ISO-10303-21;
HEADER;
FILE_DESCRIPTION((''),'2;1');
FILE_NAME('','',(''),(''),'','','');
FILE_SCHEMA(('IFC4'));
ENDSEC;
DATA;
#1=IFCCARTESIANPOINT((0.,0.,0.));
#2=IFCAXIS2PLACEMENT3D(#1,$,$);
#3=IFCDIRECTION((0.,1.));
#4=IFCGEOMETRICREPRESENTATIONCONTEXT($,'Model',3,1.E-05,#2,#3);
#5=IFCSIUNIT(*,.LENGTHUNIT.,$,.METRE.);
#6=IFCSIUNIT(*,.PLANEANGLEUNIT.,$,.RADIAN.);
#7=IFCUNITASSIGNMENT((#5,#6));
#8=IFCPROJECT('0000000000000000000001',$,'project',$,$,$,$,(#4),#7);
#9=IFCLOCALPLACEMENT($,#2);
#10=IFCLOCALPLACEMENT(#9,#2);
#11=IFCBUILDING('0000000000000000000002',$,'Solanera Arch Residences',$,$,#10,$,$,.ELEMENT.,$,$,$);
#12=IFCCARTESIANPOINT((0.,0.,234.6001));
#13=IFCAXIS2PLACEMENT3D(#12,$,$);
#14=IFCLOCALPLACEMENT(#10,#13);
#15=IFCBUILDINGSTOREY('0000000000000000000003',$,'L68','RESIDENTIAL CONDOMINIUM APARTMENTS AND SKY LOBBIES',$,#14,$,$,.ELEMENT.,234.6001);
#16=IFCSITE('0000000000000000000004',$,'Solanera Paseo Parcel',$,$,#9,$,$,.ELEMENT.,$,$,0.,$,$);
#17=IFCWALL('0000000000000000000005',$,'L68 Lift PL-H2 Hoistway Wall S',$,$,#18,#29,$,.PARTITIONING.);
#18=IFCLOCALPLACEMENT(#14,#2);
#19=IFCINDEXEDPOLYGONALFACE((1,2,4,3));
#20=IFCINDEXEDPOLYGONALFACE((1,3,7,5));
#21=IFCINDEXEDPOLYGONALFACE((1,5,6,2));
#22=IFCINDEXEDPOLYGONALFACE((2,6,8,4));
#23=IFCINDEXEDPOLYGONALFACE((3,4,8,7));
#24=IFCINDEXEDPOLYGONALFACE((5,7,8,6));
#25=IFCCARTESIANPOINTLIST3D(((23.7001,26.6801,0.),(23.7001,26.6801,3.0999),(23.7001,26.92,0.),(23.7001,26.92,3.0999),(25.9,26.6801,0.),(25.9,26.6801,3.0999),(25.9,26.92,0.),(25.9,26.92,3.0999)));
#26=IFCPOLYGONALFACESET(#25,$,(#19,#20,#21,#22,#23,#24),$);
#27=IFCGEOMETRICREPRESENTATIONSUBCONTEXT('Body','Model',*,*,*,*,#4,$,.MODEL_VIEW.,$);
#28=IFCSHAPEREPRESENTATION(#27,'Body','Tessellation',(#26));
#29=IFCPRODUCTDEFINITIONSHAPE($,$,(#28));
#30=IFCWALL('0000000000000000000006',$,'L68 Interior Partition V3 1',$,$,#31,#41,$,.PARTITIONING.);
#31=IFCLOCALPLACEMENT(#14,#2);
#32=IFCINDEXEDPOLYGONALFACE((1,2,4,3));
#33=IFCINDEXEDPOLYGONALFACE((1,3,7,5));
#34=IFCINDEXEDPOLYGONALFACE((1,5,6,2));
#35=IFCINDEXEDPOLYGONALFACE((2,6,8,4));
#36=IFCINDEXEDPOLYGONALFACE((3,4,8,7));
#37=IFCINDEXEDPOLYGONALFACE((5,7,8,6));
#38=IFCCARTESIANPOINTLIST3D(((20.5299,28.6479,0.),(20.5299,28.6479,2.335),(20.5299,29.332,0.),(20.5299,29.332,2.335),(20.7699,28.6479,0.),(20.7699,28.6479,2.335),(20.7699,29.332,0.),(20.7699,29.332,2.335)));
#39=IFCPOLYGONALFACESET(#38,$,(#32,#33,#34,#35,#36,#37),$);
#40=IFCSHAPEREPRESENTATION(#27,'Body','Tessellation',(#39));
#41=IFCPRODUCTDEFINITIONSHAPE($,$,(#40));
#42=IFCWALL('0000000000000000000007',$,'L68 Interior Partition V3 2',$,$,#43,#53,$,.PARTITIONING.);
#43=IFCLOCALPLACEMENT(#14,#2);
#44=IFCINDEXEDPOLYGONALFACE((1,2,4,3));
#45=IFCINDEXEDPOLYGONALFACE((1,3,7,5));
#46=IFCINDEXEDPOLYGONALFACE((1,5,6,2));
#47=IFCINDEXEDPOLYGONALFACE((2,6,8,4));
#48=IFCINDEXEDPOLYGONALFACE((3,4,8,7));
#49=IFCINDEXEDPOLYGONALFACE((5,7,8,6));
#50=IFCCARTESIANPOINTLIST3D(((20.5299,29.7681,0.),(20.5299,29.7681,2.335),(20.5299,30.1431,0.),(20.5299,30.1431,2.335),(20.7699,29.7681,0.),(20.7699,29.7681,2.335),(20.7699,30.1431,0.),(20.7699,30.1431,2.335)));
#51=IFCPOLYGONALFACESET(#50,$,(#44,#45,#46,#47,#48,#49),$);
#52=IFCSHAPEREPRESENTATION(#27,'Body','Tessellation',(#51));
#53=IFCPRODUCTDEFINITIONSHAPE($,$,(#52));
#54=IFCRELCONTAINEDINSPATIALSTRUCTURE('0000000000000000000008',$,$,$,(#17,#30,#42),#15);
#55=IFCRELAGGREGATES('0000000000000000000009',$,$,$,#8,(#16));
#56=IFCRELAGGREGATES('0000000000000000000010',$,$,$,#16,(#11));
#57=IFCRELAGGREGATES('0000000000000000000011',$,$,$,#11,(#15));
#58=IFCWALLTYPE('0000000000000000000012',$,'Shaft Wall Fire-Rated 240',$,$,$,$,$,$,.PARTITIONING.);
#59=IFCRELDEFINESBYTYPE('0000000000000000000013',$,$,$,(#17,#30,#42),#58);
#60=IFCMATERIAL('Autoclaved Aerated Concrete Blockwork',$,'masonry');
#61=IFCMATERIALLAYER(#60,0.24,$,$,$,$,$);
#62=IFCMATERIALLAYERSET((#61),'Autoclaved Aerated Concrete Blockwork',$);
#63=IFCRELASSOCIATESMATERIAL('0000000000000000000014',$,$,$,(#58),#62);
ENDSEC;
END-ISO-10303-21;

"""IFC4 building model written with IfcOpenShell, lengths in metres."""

from ifc_helpers import new_model, si_unit, direction, frame, frame_2d, origin, place, context, subcontext, project, spatial, rectangle, extrude, material, layer, layer_set, type_object, element, save


model = new_model("IFC4")

# Units and contexts
model_context = context("Model", 3, precision=1e-05, world=origin(), true_north=direction((0.0, 1.0)))
body_context = subcontext(model_context, "Body", "Model", "MODEL_VIEW")
ifc_project = project(units=[si_unit("LENGTHUNIT", "METRE"), si_unit("PLANEANGLEUNIT", "RADIAN")], contexts=[model_context])

# Site, building, storey
site_placement = place(None, origin())
site = spatial("IfcSite", under=ifc_project, at=site_placement, Name="Solanera Paseo Parcel", CompositionType="ELEMENT", RefElevation=0.0)
building_placement = place(site_placement, origin())
building = spatial("IfcBuilding", under=site, at=building_placement, Name="Solanera Arch Residences", CompositionType="ELEMENT")
storey_placement = place(building_placement, frame((0.0, 0.0, 234.6001)))
storey = spatial("IfcBuildingStorey", under=building, at=storey_placement, Name="L68", Description="RESIDENTIAL CONDOMINIUM APARTMENTS AND SKY LOBBIES", CompositionType="ELEMENT", Elevation=234.6001)

# Wall
ifc_material_1 = material(Name="Autoclaved Aerated Concrete Blockwork", Category="masonry")
ifc_layer_1 = layer(ifc_material_1, 0.24)
ifc_layer_set_1 = layer_set([ifc_layer_1], Name="Autoclaved Aerated Concrete Blockwork")
wall_type_1 = type_object("IfcWallType", Name="Shaft Wall Fire-Rated 240", PredefinedType="PARTITIONING", material=ifc_layer_set_1)
wall_1_placement = place(storey_placement, frame((23.7, 26.8, 0.0), z_axis=(0.0, 0.0, 1.0), x_axis=(1.0, 0.0, 0.0)))
element("IfcWall", 1, at=wall_1_placement, inside=storey, type_object=wall_type_1, Name="L68 Lift PL-H2 Hoistway Wall S", PredefinedType="PARTITIONING", context=body_context, shape_type="SweptSolid", body=[
    extrude(rectangle(XDim=2.2, YDim=0.24, at=frame_2d((1.1001, 0.0))), origin(), (0.0, 0.0, 1.0), 3.0999),
])

# Walls
wall_2_placement = place(storey_placement, frame((20.6499, 28.6479, 0.0), z_axis=(0.0, 0.0, 1.0), x_axis=(0.0, 1.0, 0.0)))
element("IfcWall", 2, at=wall_2_placement, inside=storey, type_object=wall_type_1, Name="L68 Interior Partition V3 1", PredefinedType="PARTITIONING", context=body_context, shape_type="SweptSolid", body=[
    extrude(rectangle(XDim=0.6841, YDim=0.24, at=frame_2d((0.342, 0.0))), origin(), (0.0, 0.0, 1.0), 2.335),
])
wall_3_placement = place(storey_placement, frame((20.6499, 29.7681, 0.0), z_axis=(0.0, 0.0, 1.0), x_axis=(0.0, 1.0, 0.0)))
element("IfcWall", 3, at=wall_3_placement, inside=storey, type_object=wall_type_1, Name="L68 Interior Partition V3 2", PredefinedType="PARTITIONING", context=body_context, shape_type="SweptSolid", body=[
    extrude(rectangle(XDim=0.375, YDim=0.24, at=frame_2d((0.1875, 0.0))), origin(), (0.0, 0.0, 1.0), 2.335),
])

save(model, "model.ifc")
